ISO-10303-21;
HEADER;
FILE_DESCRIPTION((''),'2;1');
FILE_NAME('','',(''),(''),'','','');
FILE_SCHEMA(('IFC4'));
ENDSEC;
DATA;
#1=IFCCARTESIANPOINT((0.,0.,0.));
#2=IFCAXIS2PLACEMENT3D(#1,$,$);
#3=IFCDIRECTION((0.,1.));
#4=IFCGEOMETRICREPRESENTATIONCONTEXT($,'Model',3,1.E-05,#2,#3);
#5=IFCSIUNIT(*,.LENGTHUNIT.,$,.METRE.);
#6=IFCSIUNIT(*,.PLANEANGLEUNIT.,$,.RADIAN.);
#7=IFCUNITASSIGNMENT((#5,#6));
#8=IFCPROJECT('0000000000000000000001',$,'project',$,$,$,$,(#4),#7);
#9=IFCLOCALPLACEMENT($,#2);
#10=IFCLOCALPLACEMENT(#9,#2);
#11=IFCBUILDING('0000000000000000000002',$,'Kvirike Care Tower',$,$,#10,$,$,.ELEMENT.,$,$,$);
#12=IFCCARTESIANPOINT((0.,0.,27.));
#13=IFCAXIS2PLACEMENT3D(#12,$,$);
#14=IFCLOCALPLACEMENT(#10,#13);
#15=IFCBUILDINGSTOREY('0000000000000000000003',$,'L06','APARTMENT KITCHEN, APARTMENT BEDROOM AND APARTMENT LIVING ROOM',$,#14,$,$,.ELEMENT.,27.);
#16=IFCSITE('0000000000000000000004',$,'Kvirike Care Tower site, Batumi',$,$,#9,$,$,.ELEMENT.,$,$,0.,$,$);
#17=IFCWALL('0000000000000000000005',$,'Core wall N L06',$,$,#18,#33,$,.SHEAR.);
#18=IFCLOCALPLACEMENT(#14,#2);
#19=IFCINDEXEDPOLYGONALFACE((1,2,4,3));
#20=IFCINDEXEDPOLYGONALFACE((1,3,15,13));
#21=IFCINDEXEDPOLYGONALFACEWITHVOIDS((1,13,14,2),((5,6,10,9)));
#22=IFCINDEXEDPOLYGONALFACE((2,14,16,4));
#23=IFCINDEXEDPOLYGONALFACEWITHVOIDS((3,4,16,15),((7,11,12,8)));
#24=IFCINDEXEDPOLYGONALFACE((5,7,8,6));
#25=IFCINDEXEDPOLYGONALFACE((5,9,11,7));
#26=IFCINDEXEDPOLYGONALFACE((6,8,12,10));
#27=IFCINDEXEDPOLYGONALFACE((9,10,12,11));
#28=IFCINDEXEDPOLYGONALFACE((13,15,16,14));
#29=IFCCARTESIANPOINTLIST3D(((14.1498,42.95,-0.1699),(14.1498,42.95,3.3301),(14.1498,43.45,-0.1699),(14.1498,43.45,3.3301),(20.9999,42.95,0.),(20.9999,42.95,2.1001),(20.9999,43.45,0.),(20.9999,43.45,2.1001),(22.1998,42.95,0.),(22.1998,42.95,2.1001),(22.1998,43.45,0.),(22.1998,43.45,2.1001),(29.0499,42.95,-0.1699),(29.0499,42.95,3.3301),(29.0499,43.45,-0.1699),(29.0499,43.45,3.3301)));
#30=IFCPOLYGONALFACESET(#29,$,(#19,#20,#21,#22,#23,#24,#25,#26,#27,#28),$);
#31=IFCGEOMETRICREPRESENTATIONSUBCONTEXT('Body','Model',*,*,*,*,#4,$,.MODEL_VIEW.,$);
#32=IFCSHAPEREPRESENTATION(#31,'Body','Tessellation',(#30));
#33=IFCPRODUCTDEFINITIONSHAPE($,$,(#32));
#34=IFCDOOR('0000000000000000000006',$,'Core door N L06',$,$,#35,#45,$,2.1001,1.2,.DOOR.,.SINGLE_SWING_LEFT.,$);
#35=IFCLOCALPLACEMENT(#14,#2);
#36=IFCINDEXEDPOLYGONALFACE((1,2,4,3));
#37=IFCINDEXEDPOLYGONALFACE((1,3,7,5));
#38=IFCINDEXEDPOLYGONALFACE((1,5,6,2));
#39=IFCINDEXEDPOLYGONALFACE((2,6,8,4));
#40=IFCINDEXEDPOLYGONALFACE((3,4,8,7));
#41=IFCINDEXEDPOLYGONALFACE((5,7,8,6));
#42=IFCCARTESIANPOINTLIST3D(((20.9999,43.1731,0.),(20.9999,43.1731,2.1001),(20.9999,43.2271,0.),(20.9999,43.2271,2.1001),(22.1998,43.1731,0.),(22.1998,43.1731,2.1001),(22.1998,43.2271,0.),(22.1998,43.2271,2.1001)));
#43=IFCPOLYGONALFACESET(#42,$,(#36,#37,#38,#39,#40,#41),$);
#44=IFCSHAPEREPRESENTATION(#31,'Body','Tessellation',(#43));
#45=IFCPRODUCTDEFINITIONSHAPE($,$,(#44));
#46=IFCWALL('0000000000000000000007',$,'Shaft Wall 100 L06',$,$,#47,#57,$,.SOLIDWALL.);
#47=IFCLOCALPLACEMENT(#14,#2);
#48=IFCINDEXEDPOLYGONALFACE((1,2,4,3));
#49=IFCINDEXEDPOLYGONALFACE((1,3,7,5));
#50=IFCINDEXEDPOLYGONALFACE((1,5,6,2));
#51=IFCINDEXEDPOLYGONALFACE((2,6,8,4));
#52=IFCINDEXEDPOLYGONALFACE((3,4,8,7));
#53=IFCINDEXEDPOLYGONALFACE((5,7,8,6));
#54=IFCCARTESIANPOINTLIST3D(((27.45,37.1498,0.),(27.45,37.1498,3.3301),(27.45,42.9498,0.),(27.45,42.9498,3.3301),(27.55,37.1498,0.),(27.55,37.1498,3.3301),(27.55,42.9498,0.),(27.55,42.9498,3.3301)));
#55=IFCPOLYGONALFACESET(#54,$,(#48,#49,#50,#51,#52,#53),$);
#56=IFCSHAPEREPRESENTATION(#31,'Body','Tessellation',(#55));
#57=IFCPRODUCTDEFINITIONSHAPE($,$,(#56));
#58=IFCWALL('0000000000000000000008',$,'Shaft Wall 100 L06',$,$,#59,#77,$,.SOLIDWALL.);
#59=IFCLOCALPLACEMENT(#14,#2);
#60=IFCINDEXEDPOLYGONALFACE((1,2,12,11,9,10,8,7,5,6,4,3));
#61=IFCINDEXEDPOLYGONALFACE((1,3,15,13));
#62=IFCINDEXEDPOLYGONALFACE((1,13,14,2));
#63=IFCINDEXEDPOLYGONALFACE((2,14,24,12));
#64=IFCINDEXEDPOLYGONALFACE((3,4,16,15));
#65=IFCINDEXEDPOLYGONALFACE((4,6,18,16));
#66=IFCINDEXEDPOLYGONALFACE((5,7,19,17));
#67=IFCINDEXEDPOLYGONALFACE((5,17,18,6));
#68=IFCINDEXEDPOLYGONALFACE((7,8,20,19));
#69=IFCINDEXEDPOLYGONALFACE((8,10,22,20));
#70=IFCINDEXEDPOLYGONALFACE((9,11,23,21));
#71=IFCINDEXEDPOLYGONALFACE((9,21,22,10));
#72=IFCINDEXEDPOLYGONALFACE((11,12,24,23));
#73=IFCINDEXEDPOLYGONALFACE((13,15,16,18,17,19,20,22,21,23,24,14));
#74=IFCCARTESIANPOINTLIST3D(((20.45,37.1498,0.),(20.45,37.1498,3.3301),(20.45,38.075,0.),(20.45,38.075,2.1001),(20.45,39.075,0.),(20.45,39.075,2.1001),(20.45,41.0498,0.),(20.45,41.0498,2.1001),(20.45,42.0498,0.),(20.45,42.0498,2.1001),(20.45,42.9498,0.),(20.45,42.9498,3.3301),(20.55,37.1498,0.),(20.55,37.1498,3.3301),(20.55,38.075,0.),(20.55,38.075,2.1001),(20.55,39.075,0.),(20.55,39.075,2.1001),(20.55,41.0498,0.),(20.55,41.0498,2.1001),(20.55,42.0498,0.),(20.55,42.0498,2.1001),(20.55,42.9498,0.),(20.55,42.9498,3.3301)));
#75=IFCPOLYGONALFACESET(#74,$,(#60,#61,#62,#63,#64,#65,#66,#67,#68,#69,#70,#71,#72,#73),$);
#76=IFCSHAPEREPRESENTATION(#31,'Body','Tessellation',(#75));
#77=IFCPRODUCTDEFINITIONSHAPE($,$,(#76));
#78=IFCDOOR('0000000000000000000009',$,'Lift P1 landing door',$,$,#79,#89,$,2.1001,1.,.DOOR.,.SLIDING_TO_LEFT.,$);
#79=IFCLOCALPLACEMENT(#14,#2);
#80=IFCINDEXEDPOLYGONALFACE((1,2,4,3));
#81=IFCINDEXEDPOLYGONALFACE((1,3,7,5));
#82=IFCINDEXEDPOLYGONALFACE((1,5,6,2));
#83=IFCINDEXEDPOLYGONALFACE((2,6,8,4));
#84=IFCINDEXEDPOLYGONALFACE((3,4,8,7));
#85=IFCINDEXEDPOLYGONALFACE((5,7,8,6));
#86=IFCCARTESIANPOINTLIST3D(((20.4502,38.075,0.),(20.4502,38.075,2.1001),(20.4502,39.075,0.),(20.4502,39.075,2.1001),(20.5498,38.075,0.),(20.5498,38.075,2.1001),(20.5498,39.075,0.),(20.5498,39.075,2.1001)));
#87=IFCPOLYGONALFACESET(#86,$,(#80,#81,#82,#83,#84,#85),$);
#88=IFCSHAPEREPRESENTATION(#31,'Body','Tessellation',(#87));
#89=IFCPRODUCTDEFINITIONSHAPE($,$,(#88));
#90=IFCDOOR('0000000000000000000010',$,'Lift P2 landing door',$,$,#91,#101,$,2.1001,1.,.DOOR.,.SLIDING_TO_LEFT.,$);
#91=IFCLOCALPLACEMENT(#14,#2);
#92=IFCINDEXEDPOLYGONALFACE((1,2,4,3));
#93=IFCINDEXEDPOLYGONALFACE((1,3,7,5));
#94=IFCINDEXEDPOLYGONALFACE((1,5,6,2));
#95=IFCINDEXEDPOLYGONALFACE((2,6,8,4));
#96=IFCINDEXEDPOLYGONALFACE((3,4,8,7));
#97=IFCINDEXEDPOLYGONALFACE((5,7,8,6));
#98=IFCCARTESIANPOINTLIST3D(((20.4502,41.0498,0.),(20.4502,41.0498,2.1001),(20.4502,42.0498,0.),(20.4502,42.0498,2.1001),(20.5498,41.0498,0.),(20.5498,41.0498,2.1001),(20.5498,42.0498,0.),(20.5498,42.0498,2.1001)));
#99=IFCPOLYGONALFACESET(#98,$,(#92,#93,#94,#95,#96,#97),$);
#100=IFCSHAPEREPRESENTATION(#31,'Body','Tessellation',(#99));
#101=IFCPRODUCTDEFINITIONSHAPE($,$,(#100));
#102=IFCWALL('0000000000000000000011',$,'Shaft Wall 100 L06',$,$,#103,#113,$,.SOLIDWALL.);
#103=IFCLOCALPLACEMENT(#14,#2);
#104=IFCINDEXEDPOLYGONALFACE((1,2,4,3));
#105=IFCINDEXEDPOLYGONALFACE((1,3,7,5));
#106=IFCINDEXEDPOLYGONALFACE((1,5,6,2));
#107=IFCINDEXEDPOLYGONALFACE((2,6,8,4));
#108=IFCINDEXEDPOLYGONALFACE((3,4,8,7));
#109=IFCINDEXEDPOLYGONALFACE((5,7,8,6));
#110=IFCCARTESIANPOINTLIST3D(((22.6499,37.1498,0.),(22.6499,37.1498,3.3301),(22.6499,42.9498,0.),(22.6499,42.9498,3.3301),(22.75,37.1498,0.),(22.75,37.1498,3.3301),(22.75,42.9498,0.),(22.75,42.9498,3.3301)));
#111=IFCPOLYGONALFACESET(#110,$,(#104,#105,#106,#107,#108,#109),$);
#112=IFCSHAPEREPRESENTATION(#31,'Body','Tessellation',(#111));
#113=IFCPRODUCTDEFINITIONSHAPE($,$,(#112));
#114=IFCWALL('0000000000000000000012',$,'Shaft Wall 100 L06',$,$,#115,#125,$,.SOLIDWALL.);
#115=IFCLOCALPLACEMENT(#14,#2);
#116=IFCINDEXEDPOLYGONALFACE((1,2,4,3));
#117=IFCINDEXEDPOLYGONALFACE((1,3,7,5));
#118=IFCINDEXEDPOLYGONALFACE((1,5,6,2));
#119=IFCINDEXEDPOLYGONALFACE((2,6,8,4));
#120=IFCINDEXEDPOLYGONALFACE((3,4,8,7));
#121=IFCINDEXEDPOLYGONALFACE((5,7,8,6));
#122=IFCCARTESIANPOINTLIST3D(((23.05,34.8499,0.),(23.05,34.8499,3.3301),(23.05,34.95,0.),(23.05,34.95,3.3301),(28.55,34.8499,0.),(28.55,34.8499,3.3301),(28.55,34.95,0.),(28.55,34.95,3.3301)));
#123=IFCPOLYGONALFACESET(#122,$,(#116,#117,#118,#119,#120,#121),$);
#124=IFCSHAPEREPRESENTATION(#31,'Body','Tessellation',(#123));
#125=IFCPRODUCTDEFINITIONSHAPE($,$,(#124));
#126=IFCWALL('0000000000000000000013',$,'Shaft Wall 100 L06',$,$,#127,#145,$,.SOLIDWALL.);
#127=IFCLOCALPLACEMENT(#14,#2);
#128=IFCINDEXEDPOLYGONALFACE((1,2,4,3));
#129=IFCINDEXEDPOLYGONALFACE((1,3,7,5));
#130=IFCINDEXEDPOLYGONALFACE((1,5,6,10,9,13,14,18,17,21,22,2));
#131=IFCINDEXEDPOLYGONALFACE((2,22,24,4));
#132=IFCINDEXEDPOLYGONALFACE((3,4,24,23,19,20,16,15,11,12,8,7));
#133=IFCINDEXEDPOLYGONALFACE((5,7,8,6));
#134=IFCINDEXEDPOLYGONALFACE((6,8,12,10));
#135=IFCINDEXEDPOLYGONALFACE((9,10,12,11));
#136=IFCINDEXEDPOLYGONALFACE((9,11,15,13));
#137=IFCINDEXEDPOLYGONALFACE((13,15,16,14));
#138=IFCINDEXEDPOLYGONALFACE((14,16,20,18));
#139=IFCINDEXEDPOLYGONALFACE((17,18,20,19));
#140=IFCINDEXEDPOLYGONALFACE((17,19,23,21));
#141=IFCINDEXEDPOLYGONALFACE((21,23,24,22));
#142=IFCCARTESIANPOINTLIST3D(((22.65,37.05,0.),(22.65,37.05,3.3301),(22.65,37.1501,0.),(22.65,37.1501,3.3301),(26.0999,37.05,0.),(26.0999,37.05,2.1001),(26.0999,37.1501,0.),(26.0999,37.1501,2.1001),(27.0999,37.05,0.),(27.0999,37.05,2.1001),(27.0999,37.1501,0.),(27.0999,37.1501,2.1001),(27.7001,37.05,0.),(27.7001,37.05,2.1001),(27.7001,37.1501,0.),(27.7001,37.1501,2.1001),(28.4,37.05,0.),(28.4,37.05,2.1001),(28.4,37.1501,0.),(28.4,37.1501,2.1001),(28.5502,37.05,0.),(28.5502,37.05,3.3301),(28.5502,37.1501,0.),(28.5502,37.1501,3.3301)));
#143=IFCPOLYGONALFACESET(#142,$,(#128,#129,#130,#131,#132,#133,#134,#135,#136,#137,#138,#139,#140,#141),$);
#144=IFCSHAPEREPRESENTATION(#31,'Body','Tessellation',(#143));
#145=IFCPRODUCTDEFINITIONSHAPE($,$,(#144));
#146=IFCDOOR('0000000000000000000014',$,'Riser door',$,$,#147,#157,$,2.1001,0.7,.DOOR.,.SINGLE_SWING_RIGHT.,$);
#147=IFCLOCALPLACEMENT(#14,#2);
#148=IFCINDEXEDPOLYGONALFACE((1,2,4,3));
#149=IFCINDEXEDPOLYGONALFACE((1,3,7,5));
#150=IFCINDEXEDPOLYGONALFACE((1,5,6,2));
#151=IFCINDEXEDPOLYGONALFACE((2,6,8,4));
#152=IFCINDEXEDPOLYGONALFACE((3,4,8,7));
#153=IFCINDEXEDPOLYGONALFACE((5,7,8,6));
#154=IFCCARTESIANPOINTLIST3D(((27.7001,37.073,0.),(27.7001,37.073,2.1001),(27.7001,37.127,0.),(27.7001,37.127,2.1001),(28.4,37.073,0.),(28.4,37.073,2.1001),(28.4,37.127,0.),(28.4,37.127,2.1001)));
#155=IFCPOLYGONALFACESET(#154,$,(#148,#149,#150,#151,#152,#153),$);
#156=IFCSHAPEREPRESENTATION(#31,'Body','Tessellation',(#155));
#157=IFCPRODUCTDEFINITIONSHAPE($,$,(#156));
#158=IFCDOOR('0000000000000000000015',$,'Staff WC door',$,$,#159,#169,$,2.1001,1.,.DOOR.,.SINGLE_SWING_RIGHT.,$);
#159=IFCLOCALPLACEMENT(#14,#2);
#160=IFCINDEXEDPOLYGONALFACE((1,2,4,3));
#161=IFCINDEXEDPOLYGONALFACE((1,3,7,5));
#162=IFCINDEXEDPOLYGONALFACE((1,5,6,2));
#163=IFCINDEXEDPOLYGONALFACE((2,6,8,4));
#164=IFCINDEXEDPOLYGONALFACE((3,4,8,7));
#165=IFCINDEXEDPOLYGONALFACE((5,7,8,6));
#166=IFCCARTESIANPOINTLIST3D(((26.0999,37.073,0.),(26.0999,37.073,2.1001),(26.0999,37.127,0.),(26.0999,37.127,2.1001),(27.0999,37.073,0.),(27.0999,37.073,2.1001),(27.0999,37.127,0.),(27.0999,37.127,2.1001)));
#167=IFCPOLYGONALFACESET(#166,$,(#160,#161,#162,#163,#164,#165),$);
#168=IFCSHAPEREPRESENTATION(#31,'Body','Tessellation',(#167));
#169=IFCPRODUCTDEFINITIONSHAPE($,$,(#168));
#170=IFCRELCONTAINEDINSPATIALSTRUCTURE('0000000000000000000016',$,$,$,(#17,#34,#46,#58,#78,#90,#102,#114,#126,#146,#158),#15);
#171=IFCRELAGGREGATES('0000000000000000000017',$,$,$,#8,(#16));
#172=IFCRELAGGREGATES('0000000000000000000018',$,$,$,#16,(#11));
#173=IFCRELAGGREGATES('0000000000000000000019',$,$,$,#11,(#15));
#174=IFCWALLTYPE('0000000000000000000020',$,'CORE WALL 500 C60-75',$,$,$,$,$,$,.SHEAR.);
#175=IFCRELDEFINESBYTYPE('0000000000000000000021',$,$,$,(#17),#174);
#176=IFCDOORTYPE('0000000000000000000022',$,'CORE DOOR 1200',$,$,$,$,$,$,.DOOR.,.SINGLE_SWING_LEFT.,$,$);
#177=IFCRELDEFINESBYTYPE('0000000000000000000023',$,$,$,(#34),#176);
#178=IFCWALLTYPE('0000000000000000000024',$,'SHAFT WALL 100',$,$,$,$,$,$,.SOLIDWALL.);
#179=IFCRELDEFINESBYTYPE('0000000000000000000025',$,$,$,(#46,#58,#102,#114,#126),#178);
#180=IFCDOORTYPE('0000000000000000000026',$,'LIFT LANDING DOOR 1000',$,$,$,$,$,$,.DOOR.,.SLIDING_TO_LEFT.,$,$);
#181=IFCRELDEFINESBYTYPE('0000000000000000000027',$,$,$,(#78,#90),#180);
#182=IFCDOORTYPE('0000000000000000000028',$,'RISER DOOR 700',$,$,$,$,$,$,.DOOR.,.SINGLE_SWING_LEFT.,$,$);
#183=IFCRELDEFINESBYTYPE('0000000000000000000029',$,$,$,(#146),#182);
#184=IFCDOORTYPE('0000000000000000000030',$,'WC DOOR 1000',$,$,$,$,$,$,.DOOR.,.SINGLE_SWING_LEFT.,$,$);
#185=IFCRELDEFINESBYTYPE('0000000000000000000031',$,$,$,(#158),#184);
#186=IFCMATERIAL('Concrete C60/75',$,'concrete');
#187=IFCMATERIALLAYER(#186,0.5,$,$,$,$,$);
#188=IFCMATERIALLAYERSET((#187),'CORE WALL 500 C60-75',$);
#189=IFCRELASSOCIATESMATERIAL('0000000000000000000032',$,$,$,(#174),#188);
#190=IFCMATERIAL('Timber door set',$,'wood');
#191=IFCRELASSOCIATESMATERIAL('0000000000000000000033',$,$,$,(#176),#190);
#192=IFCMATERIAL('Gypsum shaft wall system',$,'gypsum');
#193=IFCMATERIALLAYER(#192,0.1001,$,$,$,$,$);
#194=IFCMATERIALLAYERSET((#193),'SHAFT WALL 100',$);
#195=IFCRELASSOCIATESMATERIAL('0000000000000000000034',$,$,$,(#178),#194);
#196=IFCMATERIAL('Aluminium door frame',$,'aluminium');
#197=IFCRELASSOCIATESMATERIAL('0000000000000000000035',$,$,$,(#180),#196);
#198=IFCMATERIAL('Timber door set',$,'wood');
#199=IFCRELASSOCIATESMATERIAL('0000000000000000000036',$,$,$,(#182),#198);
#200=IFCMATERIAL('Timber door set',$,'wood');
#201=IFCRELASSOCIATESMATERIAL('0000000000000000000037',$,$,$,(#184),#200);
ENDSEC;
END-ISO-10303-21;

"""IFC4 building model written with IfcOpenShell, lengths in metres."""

from ifc_helpers import new_model, si_unit, direction, frame, frame_2d, origin, place, context, subcontext, project, spatial, rectangle, extrude, material, layer, layer_set, type_object, element, fill, save


model = new_model("IFC4")

# Units and contexts
model_context = context("Model", 3, precision=1e-05, world=origin(), true_north=direction((0.0, 1.0)))
body_context = subcontext(model_context, "Body", "Model", "MODEL_VIEW")
ifc_project = project(units=[si_unit("LENGTHUNIT", "METRE"), si_unit("PLANEANGLEUNIT", "RADIAN")], contexts=[model_context])

# Site, building, storey
site_placement = place(None, origin())
site = spatial("IfcSite", under=ifc_project, at=site_placement, Name="Kvirike Care Tower site, Batumi", CompositionType="ELEMENT", RefElevation=0.0)
building_placement = place(site_placement, origin())
building = spatial("IfcBuilding", under=site, at=building_placement, Name="Kvirike Care Tower", CompositionType="ELEMENT")
storey_placement = place(building_placement, frame((0.0, 0.0, 27.0)))
storey = spatial("IfcBuildingStorey", under=building, at=storey_placement, Name="L06", Description="APARTMENT KITCHEN, APARTMENT BEDROOM AND APARTMENT LIVING ROOM", CompositionType="ELEMENT", Elevation=27.0)

# Wall, opening, door
ifc_material_1 = material(Name="Concrete C60/75", Category="concrete")
ifc_layer_1 = layer(ifc_material_1, 0.5)
ifc_layer_set_1 = layer_set([ifc_layer_1], Name="CORE WALL 500 C60-75")
wall_type_1 = type_object("IfcWallType", Name="CORE WALL 500 C60-75", PredefinedType="SHEAR", material=ifc_layer_set_1)
wall_1_placement = place(storey_placement, frame((29.05, 43.2, -0.1699), z_axis=(0.0, 0.0, 1.0), x_axis=(-1.0, 0.0, 0.0)))
wall_1 = element("IfcWall", 1, at=wall_1_placement, inside=storey, type_object=wall_type_1, Name="Core wall N L06", PredefinedType="SHEAR", context=body_context, shape_type="SweptSolid", body=[
    extrude(rectangle(XDim=14.9001, YDim=0.5, at=frame_2d((7.4502, 0.0))), origin(), (0.0, 0.0, 1.0), 3.5),
])
opening_1_placement = place(wall_1_placement, frame((6.8501, 0.0, 0.1699)))
opening_1 = element("IfcOpeningElement", 2, at=opening_1_placement, cuts=wall_1, PredefinedType="OPENING", context=body_context, shape_type="SweptSolid", body=[
    extrude(rectangle(XDim=1.2, YDim=2.1001, at=frame_2d((0.6001, 1.05))), frame((0.0, 0.2605, 0.0), z_axis=(0.0, -1.0, 0.0), x_axis=(1.0, 0.0, 0.0)), (0.0, 0.0, 1.0), 0.521),
])
ifc_material_2 = material(Name="Timber door set", Category="wood")
door_type_1 = type_object("IfcDoorType", Name="CORE DOOR 1200", OperationType="SINGLE_SWING_LEFT", PredefinedType="DOOR", material=ifc_material_2)
door_1_placement = place(opening_1_placement, origin())
door_1 = element("IfcDoor", 3, at=door_1_placement, inside=storey, type_object=door_type_1, Name="Core door N L06", OperationType="SINGLE_SWING_LEFT", OverallHeight=2.1001, OverallWidth=1.2, PredefinedType="DOOR", context=body_context, shape_type="SweptSolid", body=[
    extrude(rectangle(XDim=1.2, YDim=2.1001, at=frame_2d((0.6001, 1.05))), frame((0.0, 0.0269, 0.0), z_axis=(0.0, -1.0, 0.0), x_axis=(1.0, 0.0, 0.0)), (0.0, 0.0, 1.0), 0.054),
])
fill(opening_1, door_1)

# Wall
ifc_material_3 = material(Name="Gypsum shaft wall system", Category="gypsum")
ifc_layer_2 = layer(ifc_material_3, 0.1001)
ifc_layer_set_2 = layer_set([ifc_layer_2], Name="SHAFT WALL 100")
wall_type_2 = type_object("IfcWallType", Name="SHAFT WALL 100", PredefinedType="SOLIDWALL", material=ifc_layer_set_2)
wall_2_placement = place(storey_placement, frame((27.5, 37.1499, 0.0), z_axis=(0.0, 0.0, 1.0), x_axis=(0.0, 1.0, 0.0)))
element("IfcWall", 4, at=wall_2_placement, inside=storey, type_object=wall_type_2, Name="Shaft Wall 100 L06", PredefinedType="SOLIDWALL", context=body_context, shape_type="SweptSolid", body=[
    extrude(rectangle(XDim=5.8, YDim=0.1001, at=frame_2d((2.8999, 0.0))), origin(), (0.0, 0.0, 1.0), 3.3301),
])

# Wall, openings, doors
wall_3_placement = place(storey_placement, frame((20.5, 37.1499, 0.0), z_axis=(0.0, 0.0, 1.0), x_axis=(0.0, 1.0, 0.0)))
wall_3 = element("IfcWall", 5, at=wall_3_placement, inside=storey, type_object=wall_type_2, Name="Shaft Wall 100 L06", PredefinedType="SOLIDWALL", context=body_context, shape_type="SweptSolid", body=[
    extrude(rectangle(XDim=5.8, YDim=0.1001, at=frame_2d((2.8999, 0.0))), origin(), (0.0, 0.0, 1.0), 3.3301),
])
opening_2_placement = place(wall_3_placement, frame((0.925, 0.0, 0.0)))
opening_2 = element("IfcOpeningElement", 6, at=opening_2_placement, cuts=wall_3, PredefinedType="OPENING", context=body_context, shape_type="SweptSolid", body=[
    extrude(rectangle(XDim=1.0, YDim=2.1001, at=frame_2d((0.5, 1.05))), frame((0.0, 0.0605, 0.0), z_axis=(0.0, -1.0, 0.0), x_axis=(1.0, 0.0, 0.0)), (0.0, 0.0, 1.0), 0.1211),
])
opening_3_placement = place(wall_3_placement, frame((3.8999, 0.0, 0.0)))
opening_3 = element("IfcOpeningElement", 7, at=opening_3_placement, cuts=wall_3, PredefinedType="OPENING", context=body_context, shape_type="SweptSolid", body=[
    extrude(rectangle(XDim=1.0, YDim=2.1001, at=frame_2d((0.5, 1.05))), frame((0.0, 0.0605, 0.0), z_axis=(0.0, -1.0, 0.0), x_axis=(1.0, 0.0, 0.0)), (0.0, 0.0, 1.0), 0.1211),
])
ifc_material_4 = material(Name="Aluminium door frame", Category="aluminium")
door_type_2 = type_object("IfcDoorType", Name="LIFT LANDING DOOR 1000", OperationType="SLIDING_TO_LEFT", PredefinedType="DOOR", material=ifc_material_4)
door_2_placement = place(opening_2_placement, origin())
door_2 = element("IfcDoor", 8, at=door_2_placement, inside=storey, type_object=door_type_2, Name="Lift P1 landing door", OperationType="SLIDING_TO_LEFT", OverallHeight=2.1001, OverallWidth=1.0, PredefinedType="DOOR", context=body_context, shape_type="SweptSolid", body=[
    extrude(rectangle(XDim=1.0, YDim=2.1001, at=frame_2d((0.5, 1.05))), frame((0.0, 0.0498, 0.0), z_axis=(0.0, -1.0, 0.0), x_axis=(1.0, 0.0, 0.0)), (0.0, 0.0, 1.0), 0.0996),
])
fill(opening_2, door_2)
door_3_placement = place(opening_3_placement, origin())
door_3 = element("IfcDoor", 9, at=door_3_placement, inside=storey, type_object=door_type_2, Name="Lift P2 landing door", OperationType="SLIDING_TO_LEFT", OverallHeight=2.1001, OverallWidth=1.0, PredefinedType="DOOR", context=body_context, shape_type="SweptSolid", body=[
    extrude(rectangle(XDim=1.0, YDim=2.1001, at=frame_2d((0.5, 1.05))), frame((0.0, 0.0498, 0.0), z_axis=(0.0, -1.0, 0.0), x_axis=(1.0, 0.0, 0.0)), (0.0, 0.0, 1.0), 0.0996),
])
fill(opening_3, door_3)

# Walls
wall_4_placement = place(storey_placement, frame((22.7, 37.1499, 0.0), z_axis=(0.0, 0.0, 1.0), x_axis=(0.0, 1.0, 0.0)))
element("IfcWall", 10, at=wall_4_placement, inside=storey, type_object=wall_type_2, Name="Shaft Wall 100 L06", PredefinedType="SOLIDWALL", context=body_context, shape_type="SweptSolid", body=[
    extrude(rectangle(XDim=5.8, YDim=0.1001, at=frame_2d((2.8999, 0.0))), origin(), (0.0, 0.0, 1.0), 3.3301),
])
wall_5_placement = place(storey_placement, frame((23.05, 34.8999, 0.0), z_axis=(0.0, 0.0, 1.0), x_axis=(1.0, 0.0, 0.0)))
element("IfcWall", 11, at=wall_5_placement, inside=storey, type_object=wall_type_2, Name="Shaft Wall 100 L06", PredefinedType="SOLIDWALL", context=body_context, shape_type="SweptSolid", body=[
    extrude(rectangle(XDim=5.5, YDim=0.1001, at=frame_2d((2.75, 0.0))), origin(), (0.0, 0.0, 1.0), 3.3301),
])

# Wall, openings, doors
wall_6_placement = place(storey_placement, frame((22.6499, 37.1001, 0.0), z_axis=(0.0, 0.0, 1.0), x_axis=(1.0, 0.0, 0.0)))
wall_6 = element("IfcWall", 12, at=wall_6_placement, inside=storey, type_object=wall_type_2, Name="Shaft Wall 100 L06", PredefinedType="SOLIDWALL", context=body_context, shape_type="SweptSolid", body=[
    extrude(rectangle(XDim=5.9001, YDim=0.1001, at=frame_2d((2.9502, 0.0))), origin(), (0.0, 0.0, 1.0), 3.3301),
])
opening_4_placement = place(wall_6_placement, frame((3.45, 0.0, 0.0)))
opening_4 = element("IfcOpeningElement", 13, at=opening_4_placement, cuts=wall_6, PredefinedType="OPENING", context=body_context, shape_type="SweptSolid", body=[
    extrude(rectangle(XDim=1.0, YDim=2.1001, at=frame_2d((0.5, 1.05))), frame((0.0, 0.0605, 0.0), z_axis=(0.0, -1.0, 0.0), x_axis=(1.0, 0.0, 0.0)), (0.0, 0.0, 1.0), 0.1211),
])
opening_5_placement = place(wall_6_placement, frame((5.05, 0.0, 0.0)))
opening_5 = element("IfcOpeningElement", 14, at=opening_5_placement, cuts=wall_6, PredefinedType="OPENING", context=body_context, shape_type="SweptSolid", body=[
    extrude(rectangle(XDim=0.7, YDim=2.1001, at=frame_2d((0.3501, 1.05))), frame((0.0, 0.0605, 0.0), z_axis=(0.0, -1.0, 0.0), x_axis=(1.0, 0.0, 0.0)), (0.0, 0.0, 1.0), 0.1211),
])
ifc_material_5 = material(Name="Timber door set", Category="wood")
door_type_3 = type_object("IfcDoorType", Name="RISER DOOR 700", OperationType="SINGLE_SWING_LEFT", PredefinedType="DOOR", material=ifc_material_5)
door_4_placement = place(opening_5_placement, origin())
door_4 = element("IfcDoor", 15, at=door_4_placement, inside=storey, type_object=door_type_3, Name="Riser door", OperationType="SINGLE_SWING_RIGHT", OverallHeight=2.1001, OverallWidth=0.7, PredefinedType="DOOR", context=body_context, shape_type="SweptSolid", body=[
    extrude(rectangle(XDim=0.7, YDim=2.1001, at=frame_2d((0.3501, 1.05))), frame((0.0, 0.0269, 0.0), z_axis=(0.0, -1.0, 0.0), x_axis=(1.0, 0.0, 0.0)), (0.0, 0.0, 1.0), 0.054),
])
fill(opening_5, door_4)
ifc_material_6 = material(Name="Timber door set", Category="wood")
door_type_4 = type_object("IfcDoorType", Name="WC DOOR 1000", OperationType="SINGLE_SWING_LEFT", PredefinedType="DOOR", material=ifc_material_6)
door_5_placement = place(opening_4_placement, origin())
door_5 = element("IfcDoor", 16, at=door_5_placement, inside=storey, type_object=door_type_4, Name="Staff WC door", OperationType="SINGLE_SWING_RIGHT", OverallHeight=2.1001, OverallWidth=1.0, PredefinedType="DOOR", context=body_context, shape_type="SweptSolid", body=[
    extrude(rectangle(XDim=1.0, YDim=2.1001, at=frame_2d((0.5, 1.05))), frame((0.0, 0.0269, 0.0), z_axis=(0.0, -1.0, 0.0), x_axis=(1.0, 0.0, 0.0)), (0.0, 0.0, 1.0), 0.054),
])
fill(opening_4, door_5)

save(model, "model.ifc")
